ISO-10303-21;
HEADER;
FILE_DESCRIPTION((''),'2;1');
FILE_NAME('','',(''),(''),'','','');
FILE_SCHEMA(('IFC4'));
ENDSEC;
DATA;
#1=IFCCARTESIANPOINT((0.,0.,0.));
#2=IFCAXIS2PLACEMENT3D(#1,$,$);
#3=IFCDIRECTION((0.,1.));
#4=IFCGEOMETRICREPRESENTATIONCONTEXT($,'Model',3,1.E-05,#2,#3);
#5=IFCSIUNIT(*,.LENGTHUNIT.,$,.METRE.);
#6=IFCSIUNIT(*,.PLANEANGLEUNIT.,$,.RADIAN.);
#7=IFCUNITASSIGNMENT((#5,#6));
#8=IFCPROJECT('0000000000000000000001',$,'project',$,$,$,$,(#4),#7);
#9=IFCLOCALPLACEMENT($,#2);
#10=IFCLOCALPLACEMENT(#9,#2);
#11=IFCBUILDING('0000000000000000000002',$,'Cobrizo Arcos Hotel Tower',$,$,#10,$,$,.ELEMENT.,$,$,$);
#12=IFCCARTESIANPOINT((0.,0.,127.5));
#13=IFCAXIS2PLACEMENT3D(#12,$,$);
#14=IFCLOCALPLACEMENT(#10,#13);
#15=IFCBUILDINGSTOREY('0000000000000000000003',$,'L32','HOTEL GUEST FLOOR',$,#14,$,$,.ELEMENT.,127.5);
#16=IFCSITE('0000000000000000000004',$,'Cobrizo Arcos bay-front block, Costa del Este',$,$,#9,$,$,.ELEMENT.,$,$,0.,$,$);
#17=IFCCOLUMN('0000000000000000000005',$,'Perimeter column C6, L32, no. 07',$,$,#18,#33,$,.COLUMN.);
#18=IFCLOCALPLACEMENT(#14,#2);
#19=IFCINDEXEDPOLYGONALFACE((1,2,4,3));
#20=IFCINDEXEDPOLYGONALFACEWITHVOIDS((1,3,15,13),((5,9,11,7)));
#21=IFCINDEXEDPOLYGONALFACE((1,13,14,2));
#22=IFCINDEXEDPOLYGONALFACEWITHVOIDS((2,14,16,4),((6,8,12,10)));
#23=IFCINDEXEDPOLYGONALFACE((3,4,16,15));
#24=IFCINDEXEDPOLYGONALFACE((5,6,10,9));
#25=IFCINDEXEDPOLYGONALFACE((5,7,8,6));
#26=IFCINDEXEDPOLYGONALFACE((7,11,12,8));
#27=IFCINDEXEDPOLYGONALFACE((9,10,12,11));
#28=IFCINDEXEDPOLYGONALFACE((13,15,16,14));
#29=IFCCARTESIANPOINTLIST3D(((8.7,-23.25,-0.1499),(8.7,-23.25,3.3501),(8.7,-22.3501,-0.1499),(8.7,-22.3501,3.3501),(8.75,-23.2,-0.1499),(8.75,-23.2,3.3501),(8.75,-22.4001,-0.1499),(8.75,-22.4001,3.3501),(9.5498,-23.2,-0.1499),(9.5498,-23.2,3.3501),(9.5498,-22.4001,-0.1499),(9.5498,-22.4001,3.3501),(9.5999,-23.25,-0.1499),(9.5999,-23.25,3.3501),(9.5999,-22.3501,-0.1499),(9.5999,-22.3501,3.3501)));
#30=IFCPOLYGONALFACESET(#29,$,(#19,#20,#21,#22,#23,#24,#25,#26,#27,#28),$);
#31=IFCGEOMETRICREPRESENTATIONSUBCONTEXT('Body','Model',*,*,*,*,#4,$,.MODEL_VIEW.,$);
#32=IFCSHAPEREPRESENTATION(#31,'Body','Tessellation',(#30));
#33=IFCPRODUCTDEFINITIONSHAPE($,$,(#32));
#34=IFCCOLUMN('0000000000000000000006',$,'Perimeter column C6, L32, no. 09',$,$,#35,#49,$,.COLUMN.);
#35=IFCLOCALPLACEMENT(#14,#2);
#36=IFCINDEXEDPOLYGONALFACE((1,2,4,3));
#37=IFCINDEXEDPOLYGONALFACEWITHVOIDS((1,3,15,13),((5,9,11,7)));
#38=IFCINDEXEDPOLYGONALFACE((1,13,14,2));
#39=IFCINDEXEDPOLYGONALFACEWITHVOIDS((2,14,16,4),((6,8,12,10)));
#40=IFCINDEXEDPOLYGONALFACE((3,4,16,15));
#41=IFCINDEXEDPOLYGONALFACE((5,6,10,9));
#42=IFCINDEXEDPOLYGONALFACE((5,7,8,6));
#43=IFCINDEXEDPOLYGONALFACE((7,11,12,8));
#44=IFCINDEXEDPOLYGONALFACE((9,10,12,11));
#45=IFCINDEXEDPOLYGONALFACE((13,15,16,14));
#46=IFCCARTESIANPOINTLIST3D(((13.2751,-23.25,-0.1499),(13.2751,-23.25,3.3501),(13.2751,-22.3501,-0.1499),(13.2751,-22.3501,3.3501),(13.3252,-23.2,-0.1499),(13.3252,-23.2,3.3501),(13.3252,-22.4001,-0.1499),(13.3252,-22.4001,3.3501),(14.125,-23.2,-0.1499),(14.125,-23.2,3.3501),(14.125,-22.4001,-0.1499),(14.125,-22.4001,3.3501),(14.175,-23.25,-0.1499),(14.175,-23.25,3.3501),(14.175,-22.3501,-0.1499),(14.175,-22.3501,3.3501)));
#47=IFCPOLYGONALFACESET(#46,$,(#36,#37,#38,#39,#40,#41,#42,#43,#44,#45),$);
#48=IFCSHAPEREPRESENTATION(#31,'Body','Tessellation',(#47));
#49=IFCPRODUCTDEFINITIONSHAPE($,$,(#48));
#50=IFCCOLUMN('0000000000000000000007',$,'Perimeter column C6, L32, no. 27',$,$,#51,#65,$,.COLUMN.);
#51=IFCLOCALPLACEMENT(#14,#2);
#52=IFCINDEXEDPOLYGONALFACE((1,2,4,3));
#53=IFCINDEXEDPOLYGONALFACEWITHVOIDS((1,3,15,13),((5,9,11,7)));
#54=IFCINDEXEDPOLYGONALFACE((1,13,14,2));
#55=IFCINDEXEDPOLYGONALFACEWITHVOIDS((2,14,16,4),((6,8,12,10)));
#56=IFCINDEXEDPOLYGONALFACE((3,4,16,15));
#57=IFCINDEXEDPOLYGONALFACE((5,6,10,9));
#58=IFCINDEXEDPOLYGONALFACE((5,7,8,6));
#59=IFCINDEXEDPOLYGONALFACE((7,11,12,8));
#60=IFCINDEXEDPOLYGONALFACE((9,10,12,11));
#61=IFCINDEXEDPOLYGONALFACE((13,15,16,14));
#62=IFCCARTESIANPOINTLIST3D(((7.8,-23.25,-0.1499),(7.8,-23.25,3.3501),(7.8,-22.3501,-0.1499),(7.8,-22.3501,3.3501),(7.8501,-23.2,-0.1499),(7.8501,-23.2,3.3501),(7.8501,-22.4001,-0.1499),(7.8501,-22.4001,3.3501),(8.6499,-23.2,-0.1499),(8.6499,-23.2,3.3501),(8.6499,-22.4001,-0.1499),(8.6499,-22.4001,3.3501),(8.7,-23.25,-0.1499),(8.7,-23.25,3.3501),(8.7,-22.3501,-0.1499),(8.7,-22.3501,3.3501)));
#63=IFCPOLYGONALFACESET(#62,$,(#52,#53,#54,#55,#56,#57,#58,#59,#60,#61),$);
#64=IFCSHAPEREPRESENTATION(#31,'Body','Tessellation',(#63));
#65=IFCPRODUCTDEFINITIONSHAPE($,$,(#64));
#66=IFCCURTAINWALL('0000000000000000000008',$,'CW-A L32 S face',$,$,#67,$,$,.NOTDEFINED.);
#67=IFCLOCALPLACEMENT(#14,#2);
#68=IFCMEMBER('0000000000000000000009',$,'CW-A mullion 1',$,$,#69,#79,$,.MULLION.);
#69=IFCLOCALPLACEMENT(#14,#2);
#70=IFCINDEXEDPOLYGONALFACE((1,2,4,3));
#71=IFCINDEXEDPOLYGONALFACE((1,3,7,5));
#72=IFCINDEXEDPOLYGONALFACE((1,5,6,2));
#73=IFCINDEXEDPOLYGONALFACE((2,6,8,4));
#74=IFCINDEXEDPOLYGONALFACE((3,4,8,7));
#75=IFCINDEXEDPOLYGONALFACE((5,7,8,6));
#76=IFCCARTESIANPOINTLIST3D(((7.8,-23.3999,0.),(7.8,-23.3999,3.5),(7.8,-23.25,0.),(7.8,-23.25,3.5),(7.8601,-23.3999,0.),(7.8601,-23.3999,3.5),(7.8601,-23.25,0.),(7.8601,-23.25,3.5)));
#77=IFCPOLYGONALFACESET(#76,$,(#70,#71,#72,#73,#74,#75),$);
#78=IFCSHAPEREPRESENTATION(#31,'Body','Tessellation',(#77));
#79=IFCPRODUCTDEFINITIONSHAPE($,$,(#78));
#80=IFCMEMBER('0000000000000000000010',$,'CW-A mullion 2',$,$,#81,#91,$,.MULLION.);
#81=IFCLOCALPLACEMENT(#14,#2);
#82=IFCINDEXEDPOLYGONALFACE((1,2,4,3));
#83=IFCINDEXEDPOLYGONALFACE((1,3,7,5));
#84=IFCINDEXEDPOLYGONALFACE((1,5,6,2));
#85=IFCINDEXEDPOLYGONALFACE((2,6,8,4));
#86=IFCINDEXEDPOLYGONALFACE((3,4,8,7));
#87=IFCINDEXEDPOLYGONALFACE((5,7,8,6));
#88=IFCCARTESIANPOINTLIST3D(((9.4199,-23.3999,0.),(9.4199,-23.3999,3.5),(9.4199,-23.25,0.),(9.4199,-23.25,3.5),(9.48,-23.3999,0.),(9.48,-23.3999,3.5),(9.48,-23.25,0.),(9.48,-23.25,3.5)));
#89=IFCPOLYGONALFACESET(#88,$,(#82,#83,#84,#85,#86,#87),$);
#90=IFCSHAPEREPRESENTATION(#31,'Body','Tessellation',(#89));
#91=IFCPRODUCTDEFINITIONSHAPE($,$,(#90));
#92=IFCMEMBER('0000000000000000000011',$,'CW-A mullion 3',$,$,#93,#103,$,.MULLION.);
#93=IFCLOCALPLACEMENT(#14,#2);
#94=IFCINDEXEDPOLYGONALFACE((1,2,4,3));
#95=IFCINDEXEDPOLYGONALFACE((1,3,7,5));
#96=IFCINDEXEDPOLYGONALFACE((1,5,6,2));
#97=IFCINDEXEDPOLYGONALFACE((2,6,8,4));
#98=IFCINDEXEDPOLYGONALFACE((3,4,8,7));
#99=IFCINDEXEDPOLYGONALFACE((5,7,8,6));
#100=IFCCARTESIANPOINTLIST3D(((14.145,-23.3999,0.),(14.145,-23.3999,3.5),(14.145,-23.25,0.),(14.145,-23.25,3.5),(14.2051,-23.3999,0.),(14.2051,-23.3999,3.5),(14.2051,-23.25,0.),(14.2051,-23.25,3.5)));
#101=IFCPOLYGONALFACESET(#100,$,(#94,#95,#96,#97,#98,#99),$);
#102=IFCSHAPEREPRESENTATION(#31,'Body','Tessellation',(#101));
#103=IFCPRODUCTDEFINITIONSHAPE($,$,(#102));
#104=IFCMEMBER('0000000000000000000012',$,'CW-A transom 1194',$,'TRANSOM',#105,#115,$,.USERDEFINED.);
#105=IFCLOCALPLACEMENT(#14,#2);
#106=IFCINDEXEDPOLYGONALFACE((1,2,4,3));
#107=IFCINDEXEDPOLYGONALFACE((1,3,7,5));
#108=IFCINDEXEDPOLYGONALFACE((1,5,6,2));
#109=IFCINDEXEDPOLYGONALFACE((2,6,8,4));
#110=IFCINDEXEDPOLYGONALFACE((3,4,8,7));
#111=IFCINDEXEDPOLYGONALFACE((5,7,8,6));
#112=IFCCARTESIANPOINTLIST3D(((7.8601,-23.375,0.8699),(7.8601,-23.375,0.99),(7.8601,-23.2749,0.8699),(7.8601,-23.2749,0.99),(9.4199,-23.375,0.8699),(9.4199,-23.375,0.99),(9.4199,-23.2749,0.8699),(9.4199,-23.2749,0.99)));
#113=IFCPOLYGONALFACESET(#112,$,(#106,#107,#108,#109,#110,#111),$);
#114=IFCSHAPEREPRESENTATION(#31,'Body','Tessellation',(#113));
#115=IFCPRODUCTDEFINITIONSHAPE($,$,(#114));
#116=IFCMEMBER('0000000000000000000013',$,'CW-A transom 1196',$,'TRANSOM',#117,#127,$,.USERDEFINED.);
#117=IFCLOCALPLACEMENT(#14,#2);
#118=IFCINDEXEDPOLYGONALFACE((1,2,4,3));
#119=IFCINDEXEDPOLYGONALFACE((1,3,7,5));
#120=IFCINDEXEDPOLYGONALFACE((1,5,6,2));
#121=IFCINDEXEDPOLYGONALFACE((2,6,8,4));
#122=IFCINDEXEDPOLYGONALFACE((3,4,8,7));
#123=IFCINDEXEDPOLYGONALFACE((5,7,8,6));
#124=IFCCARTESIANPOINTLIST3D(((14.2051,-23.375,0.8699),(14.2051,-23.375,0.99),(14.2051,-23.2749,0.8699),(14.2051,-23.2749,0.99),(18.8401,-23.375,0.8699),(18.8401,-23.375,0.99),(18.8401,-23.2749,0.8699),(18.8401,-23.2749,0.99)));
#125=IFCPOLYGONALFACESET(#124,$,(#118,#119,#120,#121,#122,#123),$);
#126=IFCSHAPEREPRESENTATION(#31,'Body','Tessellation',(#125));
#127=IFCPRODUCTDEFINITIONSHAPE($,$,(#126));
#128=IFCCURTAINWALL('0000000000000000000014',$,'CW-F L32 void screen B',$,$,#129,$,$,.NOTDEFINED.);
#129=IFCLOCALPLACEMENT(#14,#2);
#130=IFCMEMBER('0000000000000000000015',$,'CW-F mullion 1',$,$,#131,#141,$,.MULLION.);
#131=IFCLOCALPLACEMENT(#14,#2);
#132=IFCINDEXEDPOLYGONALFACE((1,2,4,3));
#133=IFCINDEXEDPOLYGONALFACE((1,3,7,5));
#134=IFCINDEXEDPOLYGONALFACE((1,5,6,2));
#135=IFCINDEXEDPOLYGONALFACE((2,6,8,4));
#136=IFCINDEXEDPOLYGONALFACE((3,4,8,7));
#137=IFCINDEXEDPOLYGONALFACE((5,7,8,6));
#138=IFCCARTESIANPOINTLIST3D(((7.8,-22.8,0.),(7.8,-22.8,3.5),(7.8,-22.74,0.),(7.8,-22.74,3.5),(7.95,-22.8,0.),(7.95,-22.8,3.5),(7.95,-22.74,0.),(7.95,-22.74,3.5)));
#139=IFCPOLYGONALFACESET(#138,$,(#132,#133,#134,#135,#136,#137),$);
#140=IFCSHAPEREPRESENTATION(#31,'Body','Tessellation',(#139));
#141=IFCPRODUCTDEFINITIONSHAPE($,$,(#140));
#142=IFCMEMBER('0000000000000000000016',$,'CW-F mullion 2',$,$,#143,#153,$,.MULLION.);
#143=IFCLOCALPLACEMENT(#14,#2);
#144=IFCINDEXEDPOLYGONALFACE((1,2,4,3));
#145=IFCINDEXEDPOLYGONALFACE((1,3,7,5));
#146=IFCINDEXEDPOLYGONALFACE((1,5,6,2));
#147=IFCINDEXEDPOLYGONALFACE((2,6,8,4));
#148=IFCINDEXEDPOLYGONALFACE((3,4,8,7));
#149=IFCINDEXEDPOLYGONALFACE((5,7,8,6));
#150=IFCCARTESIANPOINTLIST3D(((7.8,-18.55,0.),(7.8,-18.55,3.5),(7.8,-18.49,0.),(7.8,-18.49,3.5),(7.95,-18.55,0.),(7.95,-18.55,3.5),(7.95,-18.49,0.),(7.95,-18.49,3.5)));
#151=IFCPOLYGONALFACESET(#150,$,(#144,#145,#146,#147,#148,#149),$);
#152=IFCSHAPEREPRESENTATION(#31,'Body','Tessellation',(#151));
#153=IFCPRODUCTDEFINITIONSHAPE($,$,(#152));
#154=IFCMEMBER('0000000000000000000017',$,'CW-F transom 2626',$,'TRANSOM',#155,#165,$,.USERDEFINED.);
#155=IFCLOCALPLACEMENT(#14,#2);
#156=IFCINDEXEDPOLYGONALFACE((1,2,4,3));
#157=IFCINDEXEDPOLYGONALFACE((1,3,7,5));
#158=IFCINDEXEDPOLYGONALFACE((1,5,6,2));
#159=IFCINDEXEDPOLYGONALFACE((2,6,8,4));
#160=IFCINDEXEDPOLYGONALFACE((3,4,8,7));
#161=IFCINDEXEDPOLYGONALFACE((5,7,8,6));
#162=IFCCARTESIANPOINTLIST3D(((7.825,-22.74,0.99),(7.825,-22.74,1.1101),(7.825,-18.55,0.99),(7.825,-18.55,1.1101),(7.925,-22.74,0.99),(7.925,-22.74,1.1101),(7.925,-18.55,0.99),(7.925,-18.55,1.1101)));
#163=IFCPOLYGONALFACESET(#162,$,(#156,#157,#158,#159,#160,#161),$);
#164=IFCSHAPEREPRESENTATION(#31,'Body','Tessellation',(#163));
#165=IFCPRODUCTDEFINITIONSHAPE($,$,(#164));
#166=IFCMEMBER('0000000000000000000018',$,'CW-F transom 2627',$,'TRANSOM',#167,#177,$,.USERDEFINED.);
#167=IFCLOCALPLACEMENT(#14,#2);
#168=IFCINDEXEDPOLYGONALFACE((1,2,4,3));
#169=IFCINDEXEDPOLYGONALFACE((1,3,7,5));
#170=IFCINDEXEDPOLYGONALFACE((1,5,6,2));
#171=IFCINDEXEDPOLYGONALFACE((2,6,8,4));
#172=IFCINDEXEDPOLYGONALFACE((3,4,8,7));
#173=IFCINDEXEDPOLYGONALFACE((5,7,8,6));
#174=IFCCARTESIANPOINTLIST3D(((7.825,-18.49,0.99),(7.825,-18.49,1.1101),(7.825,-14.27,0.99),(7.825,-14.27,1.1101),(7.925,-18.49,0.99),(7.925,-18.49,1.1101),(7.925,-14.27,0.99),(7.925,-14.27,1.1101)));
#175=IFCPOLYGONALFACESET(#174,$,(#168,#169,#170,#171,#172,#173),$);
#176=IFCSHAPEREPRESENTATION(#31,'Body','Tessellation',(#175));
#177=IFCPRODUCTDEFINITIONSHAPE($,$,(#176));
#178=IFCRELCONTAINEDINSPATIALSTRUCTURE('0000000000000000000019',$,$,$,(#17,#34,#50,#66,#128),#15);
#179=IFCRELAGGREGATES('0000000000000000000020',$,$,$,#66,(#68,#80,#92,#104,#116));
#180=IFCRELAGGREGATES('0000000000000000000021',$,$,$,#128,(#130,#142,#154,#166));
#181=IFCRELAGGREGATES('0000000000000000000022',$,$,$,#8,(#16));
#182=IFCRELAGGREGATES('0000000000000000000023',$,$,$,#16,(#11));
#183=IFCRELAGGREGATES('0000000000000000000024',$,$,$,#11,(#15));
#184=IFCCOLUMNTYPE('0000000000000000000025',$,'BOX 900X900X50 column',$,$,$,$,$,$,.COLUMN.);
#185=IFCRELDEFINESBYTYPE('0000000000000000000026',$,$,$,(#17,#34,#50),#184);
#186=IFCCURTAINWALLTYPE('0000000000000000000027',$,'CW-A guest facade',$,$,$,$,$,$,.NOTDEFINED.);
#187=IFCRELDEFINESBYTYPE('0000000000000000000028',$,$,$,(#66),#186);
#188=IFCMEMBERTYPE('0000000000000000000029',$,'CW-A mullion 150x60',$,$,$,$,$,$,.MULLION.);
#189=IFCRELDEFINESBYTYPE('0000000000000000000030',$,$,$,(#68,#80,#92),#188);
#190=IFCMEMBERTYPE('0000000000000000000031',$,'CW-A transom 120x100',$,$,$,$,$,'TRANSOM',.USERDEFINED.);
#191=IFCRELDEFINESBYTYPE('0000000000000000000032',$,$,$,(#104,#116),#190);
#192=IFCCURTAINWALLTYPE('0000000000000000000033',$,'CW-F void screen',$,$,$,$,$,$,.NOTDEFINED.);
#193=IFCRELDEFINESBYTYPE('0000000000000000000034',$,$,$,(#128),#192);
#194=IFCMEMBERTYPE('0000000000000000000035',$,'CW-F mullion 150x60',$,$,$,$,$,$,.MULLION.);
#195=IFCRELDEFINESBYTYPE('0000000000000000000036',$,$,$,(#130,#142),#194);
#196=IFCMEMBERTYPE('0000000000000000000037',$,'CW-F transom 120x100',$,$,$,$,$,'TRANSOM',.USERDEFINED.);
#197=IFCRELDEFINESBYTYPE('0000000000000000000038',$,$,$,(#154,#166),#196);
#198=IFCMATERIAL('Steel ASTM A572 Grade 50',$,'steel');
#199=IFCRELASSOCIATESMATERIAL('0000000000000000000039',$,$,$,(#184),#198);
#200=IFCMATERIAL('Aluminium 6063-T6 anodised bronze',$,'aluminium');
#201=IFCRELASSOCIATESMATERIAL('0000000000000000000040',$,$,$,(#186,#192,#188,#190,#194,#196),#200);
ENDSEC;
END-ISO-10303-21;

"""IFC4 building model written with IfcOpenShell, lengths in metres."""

from ifc_helpers import new_model, si_unit, direction, frame, origin, origin_2d, place, context, subcontext, project, spatial, rectangle, hollow_rectangle, extrude, material, material_profile, profile_set, type_object, element, aggregate, save


model = new_model("IFC4")

# Units and contexts
model_context = context("Model", 3, precision=1e-05, world=origin(), true_north=direction((0.0, 1.0)))
body_context = subcontext(model_context, "Body", "Model", "MODEL_VIEW")
ifc_project = project(units=[si_unit("LENGTHUNIT", "METRE"), si_unit("PLANEANGLEUNIT", "RADIAN")], contexts=[model_context])

# Site, building, storey
site_placement = place(None, origin())
site = spatial("IfcSite", under=ifc_project, at=site_placement, Name="Cobrizo Arcos bay-front block, Costa del Este", CompositionType="ELEMENT", RefElevation=0.0)
building_placement = place(site_placement, origin())
building = spatial("IfcBuilding", under=site, at=building_placement, Name="Cobrizo Arcos Hotel Tower", CompositionType="ELEMENT")
storey_placement = place(building_placement, frame((0.0, 0.0, 127.5)))
storey = spatial("IfcBuildingStorey", under=building, at=storey_placement, Name="L32", Description="HOTEL GUEST FLOOR", CompositionType="ELEMENT", Elevation=127.5)

# Columns
ifc_material_1 = material(Name="Steel ASTM A572 Grade 50", Category="steel")
ifc_material_profile_1 = material_profile(ifc_material_1, hollow_rectangle(XDim=0.8999, YDim=0.8999, WallThickness=0.05, at=origin_2d()), Name="BOX 900X900X50")
ifc_profile_set_1 = profile_set([ifc_material_profile_1], Name="Steel ASTM A572 Grade 50")
column_type = type_object("IfcColumnType", Name="BOX 900X900X50 column", PredefinedType="COLUMN", material=ifc_profile_set_1)
for number, where, z_axis, x_axis, name in (
    (1, (9.1499, -22.8, -0.1499), (0.0, 0.0, 1.0), (1.0, 0.0, 0.0), "Perimeter column C6, L32, no. 07"),
    (2, (13.7251, -22.8, -0.1499), (0.0, 0.0, 1.0), (1.0, 0.0, 0.0), "Perimeter column C6, L32, no. 09"),
    (3, (8.25, -22.8, -0.1499), (0.0, 0.0, 1.0), (1.0, 0.0, 0.0), "Perimeter column C6, L32, no. 27"),
):
    element("IfcColumn", number, at=place(storey_placement, frame(where, z_axis=z_axis, x_axis=x_axis)), inside=storey, type_object=column_type, Name=name, PredefinedType="COLUMN", context=body_context, shape_type="SweptSolid", body=[
        extrude(hollow_rectangle(XDim=0.8999, YDim=0.8999, WallThickness=0.05, at=origin_2d()), origin(), (0.0, 0.0, 1.0), 3.5),
    ])

# Curtain walls, members
ifc_material_2 = material(Name="Aluminium 6063-T6 anodised bronze", Category="aluminium")
curtain_wall_type_1 = type_object("IfcCurtainWallType", Name="CW-A guest facade", PredefinedType="NOTDEFINED", material=ifc_material_2)
curtain_wall_1_placement = place(storey_placement, origin())
curtain_wall_1 = element("IfcCurtainWall", 4, at=curtain_wall_1_placement, inside=storey, type_object=curtain_wall_type_1, Name="CW-A L32 S face", PredefinedType="NOTDEFINED")
ifc_material_profile_2 = material_profile(ifc_material_2, rectangle(XDim=0.1499, YDim=0.0601, at=origin_2d()), Name="CW-A mullion 150x60")
ifc_profile_set_2 = profile_set([ifc_material_profile_2], Name="Aluminium 6063-T6 anodised bronze")
member_type_1 = type_object("IfcMemberType", Name="CW-A mullion 150x60", PredefinedType="MULLION", material=ifc_profile_set_2)
member_1_placement = place(storey_placement, frame((7.8301, -23.325, 0.0), z_axis=(0.0, 0.0, 1.0), x_axis=(0.0, -1.0, 0.0)))
member_1 = element("IfcMember", 5, at=member_1_placement, type_object=member_type_1, Name="CW-A mullion 1", PredefinedType="MULLION", context=body_context, shape_type="SweptSolid", body=[
    extrude(rectangle(XDim=0.1499, YDim=0.0601, at=origin_2d()), origin(), (0.0, 0.0, 1.0), 3.5),
])
member_2_placement = place(storey_placement, frame((9.45, -23.325, 0.0), z_axis=(0.0, 0.0, 1.0), x_axis=(0.0, -1.0, 0.0)))
member_2 = element("IfcMember", 6, at=member_2_placement, type_object=member_type_1, Name="CW-A mullion 2", PredefinedType="MULLION", context=body_context, shape_type="SweptSolid", body=[
    extrude(rectangle(XDim=0.1499, YDim=0.0601, at=origin_2d()), origin(), (0.0, 0.0, 1.0), 3.5),
])
member_3_placement = place(storey_placement, frame((14.175, -23.325, 0.0), z_axis=(0.0, 0.0, 1.0), x_axis=(0.0, -1.0, 0.0)))
member_3 = element("IfcMember", 7, at=member_3_placement, type_object=member_type_1, Name="CW-A mullion 3", PredefinedType="MULLION", context=body_context, shape_type="SweptSolid", body=[
    extrude(rectangle(XDim=0.1499, YDim=0.0601, at=origin_2d()), origin(), (0.0, 0.0, 1.0), 3.5),
])
ifc_material_profile_3 = material_profile(ifc_material_2, rectangle(XDim=0.1001, YDim=0.1201, at=origin_2d()), Name="CW-A transom 120x100")
ifc_profile_set_3 = profile_set([ifc_material_profile_3], Name="Aluminium 6063-T6 anodised bronze")
member_type_2 = type_object("IfcMemberType", Name="CW-A transom 120x100", ElementType="TRANSOM", PredefinedType="USERDEFINED", material=ifc_profile_set_3)
member_4_placement = place(storey_placement, frame((7.8601, -23.325, 0.9299), z_axis=(1.0, 0.0, 0.0), x_axis=(0.0, 1.0, 0.0)))
member_4 = element("IfcMember", 8, at=member_4_placement, type_object=member_type_2, Name="CW-A transom 1194", ObjectType="TRANSOM", PredefinedType="USERDEFINED", context=body_context, shape_type="SweptSolid", body=[
    extrude(rectangle(XDim=0.1001, YDim=0.1201, at=origin_2d()), origin(), (0.0, 0.0, 1.0), 1.5598),
])
member_5_placement = place(storey_placement, frame((14.2051, -23.325, 0.9299), z_axis=(1.0, 0.0, 0.0), x_axis=(0.0, 1.0, 0.0)))
member_5 = element("IfcMember", 9, at=member_5_placement, type_object=member_type_2, Name="CW-A transom 1196", ObjectType="TRANSOM", PredefinedType="USERDEFINED", context=body_context, shape_type="SweptSolid", body=[
    extrude(rectangle(XDim=0.1001, YDim=0.1201, at=origin_2d()), origin(), (0.0, 0.0, 1.0), 4.635),
])
curtain_wall_type_2 = type_object("IfcCurtainWallType", Name="CW-F void screen", PredefinedType="NOTDEFINED", material=ifc_material_2)
curtain_wall_2_placement = place(storey_placement, origin())
curtain_wall_2 = element("IfcCurtainWall", 10, at=curtain_wall_2_placement, inside=storey, type_object=curtain_wall_type_2, Name="CW-F L32 void screen B", PredefinedType="NOTDEFINED")
ifc_material_profile_4 = material_profile(ifc_material_2, rectangle(XDim=0.1499, YDim=0.0601, at=origin_2d()), Name="CW-F mullion 150x60")
ifc_profile_set_4 = profile_set([ifc_material_profile_4], Name="Aluminium 6063-T6 anodised bronze")
member_type_3 = type_object("IfcMemberType", Name="CW-F mullion 150x60", PredefinedType="MULLION", material=ifc_profile_set_4)
member_6_placement = place(storey_placement, frame((7.875, -22.77, 0.0), z_axis=(0.0, 0.0, 1.0), x_axis=(1.0, 0.0, 0.0)))
member_6 = element("IfcMember", 11, at=member_6_placement, type_object=member_type_3, Name="CW-F mullion 1", PredefinedType="MULLION", context=body_context, shape_type="SweptSolid", body=[
    extrude(rectangle(XDim=0.1499, YDim=0.0601, at=origin_2d()), origin(), (0.0, 0.0, 1.0), 3.5),
])
member_7_placement = place(storey_placement, frame((7.875, -18.52, 0.0), z_axis=(0.0, 0.0, 1.0), x_axis=(1.0, 0.0, 0.0)))
member_7 = element("IfcMember", 12, at=member_7_placement, type_object=member_type_3, Name="CW-F mullion 2", PredefinedType="MULLION", context=body_context, shape_type="SweptSolid", body=[
    extrude(rectangle(XDim=0.1499, YDim=0.0601, at=origin_2d()), origin(), (0.0, 0.0, 1.0), 3.5),
])
ifc_material_profile_5 = material_profile(ifc_material_2, rectangle(XDim=0.1001, YDim=0.1201, at=origin_2d()), Name="CW-F transom 120x100")
ifc_profile_set_5 = profile_set([ifc_material_profile_5], Name="Aluminium 6063-T6 anodised bronze")
member_type_4 = type_object("IfcMemberType", Name="CW-F transom 120x100", ElementType="TRANSOM", PredefinedType="USERDEFINED", material=ifc_profile_set_5)
member_8_placement = place(storey_placement, frame((7.875, -22.74, 1.05), z_axis=(0.0, 1.0, 0.0), x_axis=(-1.0, 0.0, 0.0)))
member_8 = element("IfcMember", 13, at=member_8_placement, type_object=member_type_4, Name="CW-F transom 2626", ObjectType="TRANSOM", PredefinedType="USERDEFINED", context=body_context, shape_type="SweptSolid", body=[
    extrude(rectangle(XDim=0.1001, YDim=0.1201, at=origin_2d()), origin(), (0.0, 0.0, 1.0), 4.1899),
])
member_9_placement = place(storey_placement, frame((7.875, -18.49, 1.05), z_axis=(0.0, 1.0, 0.0), x_axis=(-1.0, 0.0, 0.0)))
member_9 = element("IfcMember", 14, at=member_9_placement, type_object=member_type_4, Name="CW-F transom 2627", ObjectType="TRANSOM", PredefinedType="USERDEFINED", context=body_context, shape_type="SweptSolid", body=[
    extrude(rectangle(XDim=0.1001, YDim=0.1201, at=origin_2d()), origin(), (0.0, 0.0, 1.0), 4.22),
])

aggregate(curtain_wall_1, [member_1, member_2, member_3, member_4, member_5])
aggregate(curtain_wall_2, [member_6, member_7, member_8, member_9])

save(model, "model.ifc")
